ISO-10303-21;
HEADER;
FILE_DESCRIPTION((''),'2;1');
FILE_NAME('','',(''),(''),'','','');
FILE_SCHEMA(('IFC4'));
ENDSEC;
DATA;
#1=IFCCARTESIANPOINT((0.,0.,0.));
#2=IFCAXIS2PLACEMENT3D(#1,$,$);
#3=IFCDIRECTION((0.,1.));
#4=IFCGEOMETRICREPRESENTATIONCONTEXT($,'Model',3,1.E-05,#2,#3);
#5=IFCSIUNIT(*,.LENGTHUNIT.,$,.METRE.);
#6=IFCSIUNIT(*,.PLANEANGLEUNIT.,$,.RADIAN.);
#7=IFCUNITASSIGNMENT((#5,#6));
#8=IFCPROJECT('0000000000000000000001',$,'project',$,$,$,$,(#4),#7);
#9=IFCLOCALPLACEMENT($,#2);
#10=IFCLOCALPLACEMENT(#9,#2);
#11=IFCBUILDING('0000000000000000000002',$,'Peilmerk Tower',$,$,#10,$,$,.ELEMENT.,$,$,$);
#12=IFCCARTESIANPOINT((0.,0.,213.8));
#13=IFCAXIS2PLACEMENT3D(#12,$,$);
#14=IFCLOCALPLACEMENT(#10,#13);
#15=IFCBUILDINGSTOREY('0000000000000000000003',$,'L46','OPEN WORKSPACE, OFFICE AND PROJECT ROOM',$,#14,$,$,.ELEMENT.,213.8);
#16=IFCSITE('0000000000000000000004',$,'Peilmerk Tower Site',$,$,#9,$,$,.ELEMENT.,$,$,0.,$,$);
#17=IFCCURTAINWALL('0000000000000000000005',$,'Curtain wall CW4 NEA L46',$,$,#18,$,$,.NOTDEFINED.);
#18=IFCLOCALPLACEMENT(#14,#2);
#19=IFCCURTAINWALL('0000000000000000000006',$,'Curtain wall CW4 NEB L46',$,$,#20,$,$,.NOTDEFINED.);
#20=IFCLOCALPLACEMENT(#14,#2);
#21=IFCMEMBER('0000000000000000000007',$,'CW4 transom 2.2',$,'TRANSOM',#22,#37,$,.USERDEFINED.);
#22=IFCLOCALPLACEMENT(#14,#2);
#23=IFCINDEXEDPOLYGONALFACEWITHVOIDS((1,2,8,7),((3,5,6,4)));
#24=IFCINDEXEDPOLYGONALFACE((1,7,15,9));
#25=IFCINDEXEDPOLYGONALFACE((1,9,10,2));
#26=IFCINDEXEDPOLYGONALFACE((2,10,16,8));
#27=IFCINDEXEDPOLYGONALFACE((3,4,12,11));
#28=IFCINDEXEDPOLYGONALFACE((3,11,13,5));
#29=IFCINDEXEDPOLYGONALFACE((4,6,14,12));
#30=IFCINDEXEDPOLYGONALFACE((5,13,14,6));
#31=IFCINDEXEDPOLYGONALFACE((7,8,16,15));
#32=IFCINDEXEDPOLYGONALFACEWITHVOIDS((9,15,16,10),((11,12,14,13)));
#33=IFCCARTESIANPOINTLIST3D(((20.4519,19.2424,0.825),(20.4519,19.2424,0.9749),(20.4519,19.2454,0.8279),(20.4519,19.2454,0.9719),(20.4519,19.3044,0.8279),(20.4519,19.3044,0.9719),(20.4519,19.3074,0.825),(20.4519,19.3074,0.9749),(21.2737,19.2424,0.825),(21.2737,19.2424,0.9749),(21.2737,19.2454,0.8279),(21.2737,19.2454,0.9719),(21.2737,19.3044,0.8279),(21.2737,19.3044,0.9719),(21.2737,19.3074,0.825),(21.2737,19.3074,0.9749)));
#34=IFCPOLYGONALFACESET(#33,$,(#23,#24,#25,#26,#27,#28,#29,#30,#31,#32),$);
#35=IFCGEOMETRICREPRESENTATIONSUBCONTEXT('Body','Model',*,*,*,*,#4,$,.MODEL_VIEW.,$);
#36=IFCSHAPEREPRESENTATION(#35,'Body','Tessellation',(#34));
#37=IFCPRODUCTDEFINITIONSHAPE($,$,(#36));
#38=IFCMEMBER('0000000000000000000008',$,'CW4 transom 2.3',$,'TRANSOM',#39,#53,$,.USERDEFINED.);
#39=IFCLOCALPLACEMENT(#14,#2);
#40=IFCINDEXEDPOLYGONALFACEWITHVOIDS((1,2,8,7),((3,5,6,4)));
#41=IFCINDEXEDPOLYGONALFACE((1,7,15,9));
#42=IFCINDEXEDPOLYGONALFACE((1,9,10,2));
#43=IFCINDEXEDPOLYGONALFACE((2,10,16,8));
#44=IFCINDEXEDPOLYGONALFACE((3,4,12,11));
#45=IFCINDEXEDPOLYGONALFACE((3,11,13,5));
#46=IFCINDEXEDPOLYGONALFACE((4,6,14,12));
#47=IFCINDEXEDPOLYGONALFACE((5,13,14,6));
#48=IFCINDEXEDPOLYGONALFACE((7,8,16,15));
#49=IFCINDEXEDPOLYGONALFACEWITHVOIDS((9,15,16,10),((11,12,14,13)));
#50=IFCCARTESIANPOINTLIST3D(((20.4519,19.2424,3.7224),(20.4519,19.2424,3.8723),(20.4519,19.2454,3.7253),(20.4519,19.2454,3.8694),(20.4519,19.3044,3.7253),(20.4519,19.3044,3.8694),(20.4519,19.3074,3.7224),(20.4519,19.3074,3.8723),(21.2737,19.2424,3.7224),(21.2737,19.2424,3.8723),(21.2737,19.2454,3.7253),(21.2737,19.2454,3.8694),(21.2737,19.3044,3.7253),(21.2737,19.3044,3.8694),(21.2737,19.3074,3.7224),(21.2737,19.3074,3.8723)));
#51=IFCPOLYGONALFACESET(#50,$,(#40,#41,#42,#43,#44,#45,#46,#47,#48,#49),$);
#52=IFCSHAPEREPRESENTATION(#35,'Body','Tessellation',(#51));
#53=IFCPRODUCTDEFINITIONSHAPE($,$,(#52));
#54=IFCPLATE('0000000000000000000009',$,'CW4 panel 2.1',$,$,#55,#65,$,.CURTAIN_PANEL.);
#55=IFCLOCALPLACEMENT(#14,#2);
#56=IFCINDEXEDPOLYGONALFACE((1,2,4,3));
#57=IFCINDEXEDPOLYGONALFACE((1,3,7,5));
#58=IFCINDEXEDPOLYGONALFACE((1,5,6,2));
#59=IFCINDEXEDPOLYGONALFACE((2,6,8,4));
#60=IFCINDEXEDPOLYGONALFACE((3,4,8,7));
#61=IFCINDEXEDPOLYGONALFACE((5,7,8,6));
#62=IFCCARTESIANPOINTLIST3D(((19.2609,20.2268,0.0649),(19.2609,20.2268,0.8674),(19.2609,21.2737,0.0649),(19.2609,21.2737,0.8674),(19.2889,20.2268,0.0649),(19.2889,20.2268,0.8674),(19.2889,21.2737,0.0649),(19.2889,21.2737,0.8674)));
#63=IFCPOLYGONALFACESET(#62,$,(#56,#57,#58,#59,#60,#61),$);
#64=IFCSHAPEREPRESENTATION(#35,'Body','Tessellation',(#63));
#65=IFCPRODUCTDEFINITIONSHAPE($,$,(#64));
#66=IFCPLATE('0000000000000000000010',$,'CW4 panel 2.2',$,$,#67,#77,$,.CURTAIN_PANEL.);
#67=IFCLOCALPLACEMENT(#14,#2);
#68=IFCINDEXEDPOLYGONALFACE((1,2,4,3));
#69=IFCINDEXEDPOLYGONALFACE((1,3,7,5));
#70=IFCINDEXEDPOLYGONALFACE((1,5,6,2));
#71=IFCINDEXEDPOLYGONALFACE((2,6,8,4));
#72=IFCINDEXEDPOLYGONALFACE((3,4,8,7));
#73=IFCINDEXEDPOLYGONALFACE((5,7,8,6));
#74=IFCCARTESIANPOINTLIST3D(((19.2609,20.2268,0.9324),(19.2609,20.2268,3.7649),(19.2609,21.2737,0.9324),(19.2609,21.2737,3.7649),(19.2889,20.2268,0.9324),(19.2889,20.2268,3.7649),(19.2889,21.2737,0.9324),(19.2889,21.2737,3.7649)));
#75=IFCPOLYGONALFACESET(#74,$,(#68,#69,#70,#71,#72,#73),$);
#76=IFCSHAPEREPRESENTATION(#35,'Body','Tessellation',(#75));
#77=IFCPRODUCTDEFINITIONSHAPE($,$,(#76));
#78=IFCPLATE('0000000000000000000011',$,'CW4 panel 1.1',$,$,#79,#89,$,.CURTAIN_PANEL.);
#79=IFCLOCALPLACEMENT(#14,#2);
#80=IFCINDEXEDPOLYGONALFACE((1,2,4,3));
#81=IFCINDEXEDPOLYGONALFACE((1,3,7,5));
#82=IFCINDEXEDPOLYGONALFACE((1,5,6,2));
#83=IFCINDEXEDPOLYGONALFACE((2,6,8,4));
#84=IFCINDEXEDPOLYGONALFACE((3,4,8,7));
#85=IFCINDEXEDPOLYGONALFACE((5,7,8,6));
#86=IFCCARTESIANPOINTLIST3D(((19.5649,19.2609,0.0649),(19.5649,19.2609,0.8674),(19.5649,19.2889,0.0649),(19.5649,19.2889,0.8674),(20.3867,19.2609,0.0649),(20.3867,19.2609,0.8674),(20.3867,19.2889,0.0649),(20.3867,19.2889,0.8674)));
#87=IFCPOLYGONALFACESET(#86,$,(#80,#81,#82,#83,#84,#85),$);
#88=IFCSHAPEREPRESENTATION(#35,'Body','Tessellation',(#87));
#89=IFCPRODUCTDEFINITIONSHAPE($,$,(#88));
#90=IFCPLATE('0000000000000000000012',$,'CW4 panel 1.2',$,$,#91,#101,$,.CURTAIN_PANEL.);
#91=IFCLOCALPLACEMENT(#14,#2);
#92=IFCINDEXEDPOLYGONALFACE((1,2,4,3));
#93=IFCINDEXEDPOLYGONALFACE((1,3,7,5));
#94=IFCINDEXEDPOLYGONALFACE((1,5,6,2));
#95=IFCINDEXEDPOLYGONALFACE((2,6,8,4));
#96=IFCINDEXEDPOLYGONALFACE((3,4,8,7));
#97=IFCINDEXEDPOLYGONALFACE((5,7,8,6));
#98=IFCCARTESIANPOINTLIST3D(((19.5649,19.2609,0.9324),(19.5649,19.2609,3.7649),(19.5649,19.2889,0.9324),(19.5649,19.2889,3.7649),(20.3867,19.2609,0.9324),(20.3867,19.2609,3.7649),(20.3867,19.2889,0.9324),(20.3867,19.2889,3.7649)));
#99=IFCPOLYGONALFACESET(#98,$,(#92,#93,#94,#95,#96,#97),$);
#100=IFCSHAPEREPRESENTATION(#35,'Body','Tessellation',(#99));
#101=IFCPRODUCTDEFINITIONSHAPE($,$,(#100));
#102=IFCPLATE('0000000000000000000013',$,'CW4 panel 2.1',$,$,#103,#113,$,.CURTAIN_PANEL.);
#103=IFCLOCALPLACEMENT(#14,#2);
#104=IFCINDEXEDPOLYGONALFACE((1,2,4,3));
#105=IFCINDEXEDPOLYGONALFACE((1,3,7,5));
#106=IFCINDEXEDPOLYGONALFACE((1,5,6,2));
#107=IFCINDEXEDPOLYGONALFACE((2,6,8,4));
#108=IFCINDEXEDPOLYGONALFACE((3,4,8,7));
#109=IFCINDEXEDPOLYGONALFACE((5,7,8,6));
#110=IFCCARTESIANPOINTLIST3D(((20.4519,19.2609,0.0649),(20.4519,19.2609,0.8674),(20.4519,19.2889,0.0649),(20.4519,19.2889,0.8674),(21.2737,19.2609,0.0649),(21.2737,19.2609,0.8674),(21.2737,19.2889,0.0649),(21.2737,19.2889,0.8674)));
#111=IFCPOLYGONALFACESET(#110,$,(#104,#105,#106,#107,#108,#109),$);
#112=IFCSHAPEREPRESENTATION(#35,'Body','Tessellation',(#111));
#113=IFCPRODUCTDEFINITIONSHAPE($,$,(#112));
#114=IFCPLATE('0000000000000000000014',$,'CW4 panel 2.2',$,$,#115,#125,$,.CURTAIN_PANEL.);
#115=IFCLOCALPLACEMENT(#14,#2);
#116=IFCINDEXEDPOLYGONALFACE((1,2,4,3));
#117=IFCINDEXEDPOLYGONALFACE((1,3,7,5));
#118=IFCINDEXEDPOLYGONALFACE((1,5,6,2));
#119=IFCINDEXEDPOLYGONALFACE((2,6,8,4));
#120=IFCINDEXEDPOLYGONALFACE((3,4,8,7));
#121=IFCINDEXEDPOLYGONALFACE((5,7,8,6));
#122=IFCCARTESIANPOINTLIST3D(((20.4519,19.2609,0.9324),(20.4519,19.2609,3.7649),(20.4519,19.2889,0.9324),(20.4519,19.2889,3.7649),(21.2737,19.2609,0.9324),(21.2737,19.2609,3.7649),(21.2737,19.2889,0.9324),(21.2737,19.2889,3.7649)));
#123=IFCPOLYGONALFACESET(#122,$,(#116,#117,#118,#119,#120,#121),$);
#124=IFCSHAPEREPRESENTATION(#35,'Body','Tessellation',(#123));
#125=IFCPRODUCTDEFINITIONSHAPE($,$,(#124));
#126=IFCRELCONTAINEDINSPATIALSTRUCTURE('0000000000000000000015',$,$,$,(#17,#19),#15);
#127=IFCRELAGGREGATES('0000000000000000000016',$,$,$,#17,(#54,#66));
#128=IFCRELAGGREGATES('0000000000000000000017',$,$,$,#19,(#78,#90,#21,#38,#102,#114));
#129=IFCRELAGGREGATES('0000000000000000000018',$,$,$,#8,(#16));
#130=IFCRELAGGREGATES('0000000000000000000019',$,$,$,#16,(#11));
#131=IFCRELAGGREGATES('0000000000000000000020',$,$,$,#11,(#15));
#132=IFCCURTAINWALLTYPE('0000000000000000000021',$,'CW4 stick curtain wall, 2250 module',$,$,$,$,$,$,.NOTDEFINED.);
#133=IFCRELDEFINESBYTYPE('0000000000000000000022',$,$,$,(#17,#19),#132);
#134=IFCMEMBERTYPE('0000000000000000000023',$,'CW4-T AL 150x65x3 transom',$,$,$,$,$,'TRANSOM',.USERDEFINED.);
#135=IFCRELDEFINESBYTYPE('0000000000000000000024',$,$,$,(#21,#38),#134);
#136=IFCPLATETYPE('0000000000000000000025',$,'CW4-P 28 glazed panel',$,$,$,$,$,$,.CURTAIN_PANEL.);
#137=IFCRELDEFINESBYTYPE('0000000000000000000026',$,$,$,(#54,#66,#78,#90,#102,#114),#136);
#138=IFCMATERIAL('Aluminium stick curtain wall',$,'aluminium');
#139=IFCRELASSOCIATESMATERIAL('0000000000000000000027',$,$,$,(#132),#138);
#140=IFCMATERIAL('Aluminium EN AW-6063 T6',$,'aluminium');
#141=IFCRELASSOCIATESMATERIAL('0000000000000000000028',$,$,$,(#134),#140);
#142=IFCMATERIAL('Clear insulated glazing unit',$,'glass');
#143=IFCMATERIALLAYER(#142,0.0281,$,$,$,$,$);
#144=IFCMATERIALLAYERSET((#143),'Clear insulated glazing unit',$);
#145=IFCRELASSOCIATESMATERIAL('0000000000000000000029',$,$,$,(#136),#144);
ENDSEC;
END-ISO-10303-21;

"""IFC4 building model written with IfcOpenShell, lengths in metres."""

from ifc_helpers import new_model, si_unit, direction, frame, origin, origin_2d, place, context, subcontext, project, spatial, rectangle, hollow_rectangle, extrude, material, layer, layer_set, material_profile, profile_set, type_object, element, aggregate, save


model = new_model("IFC4")

# Units and contexts
model_context = context("Model", 3, precision=1e-05, world=origin(), true_north=direction((0.0, 1.0)))
body_context = subcontext(model_context, "Body", "Model", "MODEL_VIEW")
ifc_project = project(units=[si_unit("LENGTHUNIT", "METRE"), si_unit("PLANEANGLEUNIT", "RADIAN")], contexts=[model_context])

# Site, building, storey
site_placement = place(None, origin())
site = spatial("IfcSite", under=ifc_project, at=site_placement, Name="Peilmerk Tower Site", CompositionType="ELEMENT", RefElevation=0.0)
building_placement = place(site_placement, origin())
building = spatial("IfcBuilding", under=site, at=building_placement, Name="Peilmerk Tower", CompositionType="ELEMENT")
storey_placement = place(building_placement, frame((0.0, 0.0, 213.8)))
storey = spatial("IfcBuildingStorey", under=building, at=storey_placement, Name="L46", Description="OPEN WORKSPACE, OFFICE AND PROJECT ROOM", CompositionType="ELEMENT", Elevation=213.8)

# Curtain wall
ifc_material_1 = material(Name="Aluminium stick curtain wall", Category="aluminium")
curtain_wall_type = type_object("IfcCurtainWallType", Name="CW4 stick curtain wall, 2250 module", PredefinedType="NOTDEFINED", material=ifc_material_1)
curtain_wall_1_placement = place(storey_placement, origin())
curtain_wall_1 = element("IfcCurtainWall", 1, at=curtain_wall_1_placement, inside=storey, type_object=curtain_wall_type, Name="Curtain wall CW4 NEA L46", PredefinedType="NOTDEFINED")
ifc_material_2 = material(Name="Aluminium EN AW-6063 T6", Category="aluminium")

# Curtain wall
curtain_wall_2_placement = place(storey_placement, origin())
curtain_wall_2 = element("IfcCurtainWall", 2, at=curtain_wall_2_placement, inside=storey, type_object=curtain_wall_type, Name="Curtain wall CW4 NEB L46", PredefinedType="NOTDEFINED")

# Members
ifc_material_profile_1 = material_profile(ifc_material_2, hollow_rectangle(XDim=0.0649, YDim=0.1499, WallThickness=0.0029, at=origin_2d()), Name="AL 150x65x3")
ifc_profile_set_1 = profile_set([ifc_material_profile_1], Name="Aluminium EN AW-6063 T6")
member_type_1 = type_object("IfcMemberType", Name="CW4-T AL 150x65x3 transom", ElementType="TRANSOM", PredefinedType="USERDEFINED", material=ifc_profile_set_1)
member_1_placement = place(storey_placement, frame((20.4519, 19.2749, 0.8999), z_axis=(1.0, 0.0, 0.0), x_axis=(0.0, 1.0, 0.0)))
member_1 = element("IfcMember", 3, at=member_1_placement, type_object=member_type_1, Name="CW4 transom 2.2", ObjectType="TRANSOM", PredefinedType="USERDEFINED", context=body_context, shape_type="SweptSolid", body=[
    extrude(hollow_rectangle(XDim=0.0649, YDim=0.1499, WallThickness=0.0029, at=origin_2d()), origin(), (0.0, 0.0, 1.0), 0.8218),
])
member_2_placement = place(storey_placement, frame((20.4519, 19.2749, 3.7974), z_axis=(1.0, 0.0, 0.0), x_axis=(0.0, 1.0, 0.0)))
member_2 = element("IfcMember", 4, at=member_2_placement, type_object=member_type_1, Name="CW4 transom 2.3", ObjectType="TRANSOM", PredefinedType="USERDEFINED", context=body_context, shape_type="SweptSolid", body=[
    extrude(hollow_rectangle(XDim=0.0649, YDim=0.1499, WallThickness=0.0029, at=origin_2d()), origin(), (0.0, 0.0, 1.0), 0.8218),
])

# Plates
ifc_material_3 = material(Name="Clear insulated glazing unit", Category="glass")
ifc_layer_1 = layer(ifc_material_3, 0.0281)
ifc_layer_set_1 = layer_set([ifc_layer_1], Name="Clear insulated glazing unit")
plate_type = type_object("IfcPlateType", Name="CW4-P 28 glazed panel", PredefinedType="CURTAIN_PANEL", material=ifc_layer_set_1)
plate_1_placement = place(storey_placement, frame((19.2749, 20.7502, 0.0649), z_axis=(0.0, 0.0, 1.0), x_axis=(0.0, 1.0, 0.0)))
plate_1 = element("IfcPlate", 5, at=plate_1_placement, type_object=plate_type, Name="CW4 panel 2.1", PredefinedType="CURTAIN_PANEL", context=body_context, shape_type="SweptSolid", body=[
    extrude(rectangle(XDim=1.0469, YDim=0.0281, at=origin_2d()), origin(), (0.0, 0.0, 1.0), 0.8025),
])
plate_2_placement = place(storey_placement, frame((19.2749, 20.7502, 0.9324), z_axis=(0.0, 0.0, 1.0), x_axis=(0.0, 1.0, 0.0)))
plate_2 = element("IfcPlate", 6, at=plate_2_placement, type_object=plate_type, Name="CW4 panel 2.2", PredefinedType="CURTAIN_PANEL", context=body_context, shape_type="SweptSolid", body=[
    extrude(rectangle(XDim=1.0469, YDim=0.0281, at=origin_2d()), origin(), (0.0, 0.0, 1.0), 2.8325),
])
aggregate(curtain_wall_1, [plate_1, plate_2])
plate_3_placement = place(storey_placement, frame((19.9758, 19.2749, 0.0649), z_axis=(0.0, 0.0, 1.0), x_axis=(1.0, 0.0, 0.0)))
plate_3 = element("IfcPlate", 7, at=plate_3_placement, type_object=plate_type, Name="CW4 panel 1.1", PredefinedType="CURTAIN_PANEL", context=body_context, shape_type="SweptSolid", body=[
    extrude(rectangle(XDim=0.8218, YDim=0.0281, at=origin_2d()), origin(), (0.0, 0.0, 1.0), 0.8025),
])
plate_4_placement = place(storey_placement, frame((19.9758, 19.2749, 0.9324), z_axis=(0.0, 0.0, 1.0), x_axis=(1.0, 0.0, 0.0)))
plate_4 = element("IfcPlate", 8, at=plate_4_placement, type_object=plate_type, Name="CW4 panel 1.2", PredefinedType="CURTAIN_PANEL", context=body_context, shape_type="SweptSolid", body=[
    extrude(rectangle(XDim=0.8218, YDim=0.0281, at=origin_2d()), origin(), (0.0, 0.0, 1.0), 2.8325),
])
plate_5_placement = place(storey_placement, frame((20.8628, 19.2749, 0.0649), z_axis=(0.0, 0.0, 1.0), x_axis=(1.0, 0.0, 0.0)))
plate_5 = element("IfcPlate", 9, at=plate_5_placement, type_object=plate_type, Name="CW4 panel 2.1", PredefinedType="CURTAIN_PANEL", context=body_context, shape_type="SweptSolid", body=[
    extrude(rectangle(XDim=0.8218, YDim=0.0281, at=origin_2d()), origin(), (0.0, 0.0, 1.0), 0.8025),
])
plate_6_placement = place(storey_placement, frame((20.8628, 19.2749, 0.9324), z_axis=(0.0, 0.0, 1.0), x_axis=(1.0, 0.0, 0.0)))
plate_6 = element("IfcPlate", 10, at=plate_6_placement, type_object=plate_type, Name="CW4 panel 2.2", PredefinedType="CURTAIN_PANEL", context=body_context, shape_type="SweptSolid", body=[
    extrude(rectangle(XDim=0.8218, YDim=0.0281, at=origin_2d()), origin(), (0.0, 0.0, 1.0), 2.8325),
])
aggregate(curtain_wall_2, [plate_3, plate_4, member_1, member_2, plate_5, plate_6])

save(model, "model.ifc")
